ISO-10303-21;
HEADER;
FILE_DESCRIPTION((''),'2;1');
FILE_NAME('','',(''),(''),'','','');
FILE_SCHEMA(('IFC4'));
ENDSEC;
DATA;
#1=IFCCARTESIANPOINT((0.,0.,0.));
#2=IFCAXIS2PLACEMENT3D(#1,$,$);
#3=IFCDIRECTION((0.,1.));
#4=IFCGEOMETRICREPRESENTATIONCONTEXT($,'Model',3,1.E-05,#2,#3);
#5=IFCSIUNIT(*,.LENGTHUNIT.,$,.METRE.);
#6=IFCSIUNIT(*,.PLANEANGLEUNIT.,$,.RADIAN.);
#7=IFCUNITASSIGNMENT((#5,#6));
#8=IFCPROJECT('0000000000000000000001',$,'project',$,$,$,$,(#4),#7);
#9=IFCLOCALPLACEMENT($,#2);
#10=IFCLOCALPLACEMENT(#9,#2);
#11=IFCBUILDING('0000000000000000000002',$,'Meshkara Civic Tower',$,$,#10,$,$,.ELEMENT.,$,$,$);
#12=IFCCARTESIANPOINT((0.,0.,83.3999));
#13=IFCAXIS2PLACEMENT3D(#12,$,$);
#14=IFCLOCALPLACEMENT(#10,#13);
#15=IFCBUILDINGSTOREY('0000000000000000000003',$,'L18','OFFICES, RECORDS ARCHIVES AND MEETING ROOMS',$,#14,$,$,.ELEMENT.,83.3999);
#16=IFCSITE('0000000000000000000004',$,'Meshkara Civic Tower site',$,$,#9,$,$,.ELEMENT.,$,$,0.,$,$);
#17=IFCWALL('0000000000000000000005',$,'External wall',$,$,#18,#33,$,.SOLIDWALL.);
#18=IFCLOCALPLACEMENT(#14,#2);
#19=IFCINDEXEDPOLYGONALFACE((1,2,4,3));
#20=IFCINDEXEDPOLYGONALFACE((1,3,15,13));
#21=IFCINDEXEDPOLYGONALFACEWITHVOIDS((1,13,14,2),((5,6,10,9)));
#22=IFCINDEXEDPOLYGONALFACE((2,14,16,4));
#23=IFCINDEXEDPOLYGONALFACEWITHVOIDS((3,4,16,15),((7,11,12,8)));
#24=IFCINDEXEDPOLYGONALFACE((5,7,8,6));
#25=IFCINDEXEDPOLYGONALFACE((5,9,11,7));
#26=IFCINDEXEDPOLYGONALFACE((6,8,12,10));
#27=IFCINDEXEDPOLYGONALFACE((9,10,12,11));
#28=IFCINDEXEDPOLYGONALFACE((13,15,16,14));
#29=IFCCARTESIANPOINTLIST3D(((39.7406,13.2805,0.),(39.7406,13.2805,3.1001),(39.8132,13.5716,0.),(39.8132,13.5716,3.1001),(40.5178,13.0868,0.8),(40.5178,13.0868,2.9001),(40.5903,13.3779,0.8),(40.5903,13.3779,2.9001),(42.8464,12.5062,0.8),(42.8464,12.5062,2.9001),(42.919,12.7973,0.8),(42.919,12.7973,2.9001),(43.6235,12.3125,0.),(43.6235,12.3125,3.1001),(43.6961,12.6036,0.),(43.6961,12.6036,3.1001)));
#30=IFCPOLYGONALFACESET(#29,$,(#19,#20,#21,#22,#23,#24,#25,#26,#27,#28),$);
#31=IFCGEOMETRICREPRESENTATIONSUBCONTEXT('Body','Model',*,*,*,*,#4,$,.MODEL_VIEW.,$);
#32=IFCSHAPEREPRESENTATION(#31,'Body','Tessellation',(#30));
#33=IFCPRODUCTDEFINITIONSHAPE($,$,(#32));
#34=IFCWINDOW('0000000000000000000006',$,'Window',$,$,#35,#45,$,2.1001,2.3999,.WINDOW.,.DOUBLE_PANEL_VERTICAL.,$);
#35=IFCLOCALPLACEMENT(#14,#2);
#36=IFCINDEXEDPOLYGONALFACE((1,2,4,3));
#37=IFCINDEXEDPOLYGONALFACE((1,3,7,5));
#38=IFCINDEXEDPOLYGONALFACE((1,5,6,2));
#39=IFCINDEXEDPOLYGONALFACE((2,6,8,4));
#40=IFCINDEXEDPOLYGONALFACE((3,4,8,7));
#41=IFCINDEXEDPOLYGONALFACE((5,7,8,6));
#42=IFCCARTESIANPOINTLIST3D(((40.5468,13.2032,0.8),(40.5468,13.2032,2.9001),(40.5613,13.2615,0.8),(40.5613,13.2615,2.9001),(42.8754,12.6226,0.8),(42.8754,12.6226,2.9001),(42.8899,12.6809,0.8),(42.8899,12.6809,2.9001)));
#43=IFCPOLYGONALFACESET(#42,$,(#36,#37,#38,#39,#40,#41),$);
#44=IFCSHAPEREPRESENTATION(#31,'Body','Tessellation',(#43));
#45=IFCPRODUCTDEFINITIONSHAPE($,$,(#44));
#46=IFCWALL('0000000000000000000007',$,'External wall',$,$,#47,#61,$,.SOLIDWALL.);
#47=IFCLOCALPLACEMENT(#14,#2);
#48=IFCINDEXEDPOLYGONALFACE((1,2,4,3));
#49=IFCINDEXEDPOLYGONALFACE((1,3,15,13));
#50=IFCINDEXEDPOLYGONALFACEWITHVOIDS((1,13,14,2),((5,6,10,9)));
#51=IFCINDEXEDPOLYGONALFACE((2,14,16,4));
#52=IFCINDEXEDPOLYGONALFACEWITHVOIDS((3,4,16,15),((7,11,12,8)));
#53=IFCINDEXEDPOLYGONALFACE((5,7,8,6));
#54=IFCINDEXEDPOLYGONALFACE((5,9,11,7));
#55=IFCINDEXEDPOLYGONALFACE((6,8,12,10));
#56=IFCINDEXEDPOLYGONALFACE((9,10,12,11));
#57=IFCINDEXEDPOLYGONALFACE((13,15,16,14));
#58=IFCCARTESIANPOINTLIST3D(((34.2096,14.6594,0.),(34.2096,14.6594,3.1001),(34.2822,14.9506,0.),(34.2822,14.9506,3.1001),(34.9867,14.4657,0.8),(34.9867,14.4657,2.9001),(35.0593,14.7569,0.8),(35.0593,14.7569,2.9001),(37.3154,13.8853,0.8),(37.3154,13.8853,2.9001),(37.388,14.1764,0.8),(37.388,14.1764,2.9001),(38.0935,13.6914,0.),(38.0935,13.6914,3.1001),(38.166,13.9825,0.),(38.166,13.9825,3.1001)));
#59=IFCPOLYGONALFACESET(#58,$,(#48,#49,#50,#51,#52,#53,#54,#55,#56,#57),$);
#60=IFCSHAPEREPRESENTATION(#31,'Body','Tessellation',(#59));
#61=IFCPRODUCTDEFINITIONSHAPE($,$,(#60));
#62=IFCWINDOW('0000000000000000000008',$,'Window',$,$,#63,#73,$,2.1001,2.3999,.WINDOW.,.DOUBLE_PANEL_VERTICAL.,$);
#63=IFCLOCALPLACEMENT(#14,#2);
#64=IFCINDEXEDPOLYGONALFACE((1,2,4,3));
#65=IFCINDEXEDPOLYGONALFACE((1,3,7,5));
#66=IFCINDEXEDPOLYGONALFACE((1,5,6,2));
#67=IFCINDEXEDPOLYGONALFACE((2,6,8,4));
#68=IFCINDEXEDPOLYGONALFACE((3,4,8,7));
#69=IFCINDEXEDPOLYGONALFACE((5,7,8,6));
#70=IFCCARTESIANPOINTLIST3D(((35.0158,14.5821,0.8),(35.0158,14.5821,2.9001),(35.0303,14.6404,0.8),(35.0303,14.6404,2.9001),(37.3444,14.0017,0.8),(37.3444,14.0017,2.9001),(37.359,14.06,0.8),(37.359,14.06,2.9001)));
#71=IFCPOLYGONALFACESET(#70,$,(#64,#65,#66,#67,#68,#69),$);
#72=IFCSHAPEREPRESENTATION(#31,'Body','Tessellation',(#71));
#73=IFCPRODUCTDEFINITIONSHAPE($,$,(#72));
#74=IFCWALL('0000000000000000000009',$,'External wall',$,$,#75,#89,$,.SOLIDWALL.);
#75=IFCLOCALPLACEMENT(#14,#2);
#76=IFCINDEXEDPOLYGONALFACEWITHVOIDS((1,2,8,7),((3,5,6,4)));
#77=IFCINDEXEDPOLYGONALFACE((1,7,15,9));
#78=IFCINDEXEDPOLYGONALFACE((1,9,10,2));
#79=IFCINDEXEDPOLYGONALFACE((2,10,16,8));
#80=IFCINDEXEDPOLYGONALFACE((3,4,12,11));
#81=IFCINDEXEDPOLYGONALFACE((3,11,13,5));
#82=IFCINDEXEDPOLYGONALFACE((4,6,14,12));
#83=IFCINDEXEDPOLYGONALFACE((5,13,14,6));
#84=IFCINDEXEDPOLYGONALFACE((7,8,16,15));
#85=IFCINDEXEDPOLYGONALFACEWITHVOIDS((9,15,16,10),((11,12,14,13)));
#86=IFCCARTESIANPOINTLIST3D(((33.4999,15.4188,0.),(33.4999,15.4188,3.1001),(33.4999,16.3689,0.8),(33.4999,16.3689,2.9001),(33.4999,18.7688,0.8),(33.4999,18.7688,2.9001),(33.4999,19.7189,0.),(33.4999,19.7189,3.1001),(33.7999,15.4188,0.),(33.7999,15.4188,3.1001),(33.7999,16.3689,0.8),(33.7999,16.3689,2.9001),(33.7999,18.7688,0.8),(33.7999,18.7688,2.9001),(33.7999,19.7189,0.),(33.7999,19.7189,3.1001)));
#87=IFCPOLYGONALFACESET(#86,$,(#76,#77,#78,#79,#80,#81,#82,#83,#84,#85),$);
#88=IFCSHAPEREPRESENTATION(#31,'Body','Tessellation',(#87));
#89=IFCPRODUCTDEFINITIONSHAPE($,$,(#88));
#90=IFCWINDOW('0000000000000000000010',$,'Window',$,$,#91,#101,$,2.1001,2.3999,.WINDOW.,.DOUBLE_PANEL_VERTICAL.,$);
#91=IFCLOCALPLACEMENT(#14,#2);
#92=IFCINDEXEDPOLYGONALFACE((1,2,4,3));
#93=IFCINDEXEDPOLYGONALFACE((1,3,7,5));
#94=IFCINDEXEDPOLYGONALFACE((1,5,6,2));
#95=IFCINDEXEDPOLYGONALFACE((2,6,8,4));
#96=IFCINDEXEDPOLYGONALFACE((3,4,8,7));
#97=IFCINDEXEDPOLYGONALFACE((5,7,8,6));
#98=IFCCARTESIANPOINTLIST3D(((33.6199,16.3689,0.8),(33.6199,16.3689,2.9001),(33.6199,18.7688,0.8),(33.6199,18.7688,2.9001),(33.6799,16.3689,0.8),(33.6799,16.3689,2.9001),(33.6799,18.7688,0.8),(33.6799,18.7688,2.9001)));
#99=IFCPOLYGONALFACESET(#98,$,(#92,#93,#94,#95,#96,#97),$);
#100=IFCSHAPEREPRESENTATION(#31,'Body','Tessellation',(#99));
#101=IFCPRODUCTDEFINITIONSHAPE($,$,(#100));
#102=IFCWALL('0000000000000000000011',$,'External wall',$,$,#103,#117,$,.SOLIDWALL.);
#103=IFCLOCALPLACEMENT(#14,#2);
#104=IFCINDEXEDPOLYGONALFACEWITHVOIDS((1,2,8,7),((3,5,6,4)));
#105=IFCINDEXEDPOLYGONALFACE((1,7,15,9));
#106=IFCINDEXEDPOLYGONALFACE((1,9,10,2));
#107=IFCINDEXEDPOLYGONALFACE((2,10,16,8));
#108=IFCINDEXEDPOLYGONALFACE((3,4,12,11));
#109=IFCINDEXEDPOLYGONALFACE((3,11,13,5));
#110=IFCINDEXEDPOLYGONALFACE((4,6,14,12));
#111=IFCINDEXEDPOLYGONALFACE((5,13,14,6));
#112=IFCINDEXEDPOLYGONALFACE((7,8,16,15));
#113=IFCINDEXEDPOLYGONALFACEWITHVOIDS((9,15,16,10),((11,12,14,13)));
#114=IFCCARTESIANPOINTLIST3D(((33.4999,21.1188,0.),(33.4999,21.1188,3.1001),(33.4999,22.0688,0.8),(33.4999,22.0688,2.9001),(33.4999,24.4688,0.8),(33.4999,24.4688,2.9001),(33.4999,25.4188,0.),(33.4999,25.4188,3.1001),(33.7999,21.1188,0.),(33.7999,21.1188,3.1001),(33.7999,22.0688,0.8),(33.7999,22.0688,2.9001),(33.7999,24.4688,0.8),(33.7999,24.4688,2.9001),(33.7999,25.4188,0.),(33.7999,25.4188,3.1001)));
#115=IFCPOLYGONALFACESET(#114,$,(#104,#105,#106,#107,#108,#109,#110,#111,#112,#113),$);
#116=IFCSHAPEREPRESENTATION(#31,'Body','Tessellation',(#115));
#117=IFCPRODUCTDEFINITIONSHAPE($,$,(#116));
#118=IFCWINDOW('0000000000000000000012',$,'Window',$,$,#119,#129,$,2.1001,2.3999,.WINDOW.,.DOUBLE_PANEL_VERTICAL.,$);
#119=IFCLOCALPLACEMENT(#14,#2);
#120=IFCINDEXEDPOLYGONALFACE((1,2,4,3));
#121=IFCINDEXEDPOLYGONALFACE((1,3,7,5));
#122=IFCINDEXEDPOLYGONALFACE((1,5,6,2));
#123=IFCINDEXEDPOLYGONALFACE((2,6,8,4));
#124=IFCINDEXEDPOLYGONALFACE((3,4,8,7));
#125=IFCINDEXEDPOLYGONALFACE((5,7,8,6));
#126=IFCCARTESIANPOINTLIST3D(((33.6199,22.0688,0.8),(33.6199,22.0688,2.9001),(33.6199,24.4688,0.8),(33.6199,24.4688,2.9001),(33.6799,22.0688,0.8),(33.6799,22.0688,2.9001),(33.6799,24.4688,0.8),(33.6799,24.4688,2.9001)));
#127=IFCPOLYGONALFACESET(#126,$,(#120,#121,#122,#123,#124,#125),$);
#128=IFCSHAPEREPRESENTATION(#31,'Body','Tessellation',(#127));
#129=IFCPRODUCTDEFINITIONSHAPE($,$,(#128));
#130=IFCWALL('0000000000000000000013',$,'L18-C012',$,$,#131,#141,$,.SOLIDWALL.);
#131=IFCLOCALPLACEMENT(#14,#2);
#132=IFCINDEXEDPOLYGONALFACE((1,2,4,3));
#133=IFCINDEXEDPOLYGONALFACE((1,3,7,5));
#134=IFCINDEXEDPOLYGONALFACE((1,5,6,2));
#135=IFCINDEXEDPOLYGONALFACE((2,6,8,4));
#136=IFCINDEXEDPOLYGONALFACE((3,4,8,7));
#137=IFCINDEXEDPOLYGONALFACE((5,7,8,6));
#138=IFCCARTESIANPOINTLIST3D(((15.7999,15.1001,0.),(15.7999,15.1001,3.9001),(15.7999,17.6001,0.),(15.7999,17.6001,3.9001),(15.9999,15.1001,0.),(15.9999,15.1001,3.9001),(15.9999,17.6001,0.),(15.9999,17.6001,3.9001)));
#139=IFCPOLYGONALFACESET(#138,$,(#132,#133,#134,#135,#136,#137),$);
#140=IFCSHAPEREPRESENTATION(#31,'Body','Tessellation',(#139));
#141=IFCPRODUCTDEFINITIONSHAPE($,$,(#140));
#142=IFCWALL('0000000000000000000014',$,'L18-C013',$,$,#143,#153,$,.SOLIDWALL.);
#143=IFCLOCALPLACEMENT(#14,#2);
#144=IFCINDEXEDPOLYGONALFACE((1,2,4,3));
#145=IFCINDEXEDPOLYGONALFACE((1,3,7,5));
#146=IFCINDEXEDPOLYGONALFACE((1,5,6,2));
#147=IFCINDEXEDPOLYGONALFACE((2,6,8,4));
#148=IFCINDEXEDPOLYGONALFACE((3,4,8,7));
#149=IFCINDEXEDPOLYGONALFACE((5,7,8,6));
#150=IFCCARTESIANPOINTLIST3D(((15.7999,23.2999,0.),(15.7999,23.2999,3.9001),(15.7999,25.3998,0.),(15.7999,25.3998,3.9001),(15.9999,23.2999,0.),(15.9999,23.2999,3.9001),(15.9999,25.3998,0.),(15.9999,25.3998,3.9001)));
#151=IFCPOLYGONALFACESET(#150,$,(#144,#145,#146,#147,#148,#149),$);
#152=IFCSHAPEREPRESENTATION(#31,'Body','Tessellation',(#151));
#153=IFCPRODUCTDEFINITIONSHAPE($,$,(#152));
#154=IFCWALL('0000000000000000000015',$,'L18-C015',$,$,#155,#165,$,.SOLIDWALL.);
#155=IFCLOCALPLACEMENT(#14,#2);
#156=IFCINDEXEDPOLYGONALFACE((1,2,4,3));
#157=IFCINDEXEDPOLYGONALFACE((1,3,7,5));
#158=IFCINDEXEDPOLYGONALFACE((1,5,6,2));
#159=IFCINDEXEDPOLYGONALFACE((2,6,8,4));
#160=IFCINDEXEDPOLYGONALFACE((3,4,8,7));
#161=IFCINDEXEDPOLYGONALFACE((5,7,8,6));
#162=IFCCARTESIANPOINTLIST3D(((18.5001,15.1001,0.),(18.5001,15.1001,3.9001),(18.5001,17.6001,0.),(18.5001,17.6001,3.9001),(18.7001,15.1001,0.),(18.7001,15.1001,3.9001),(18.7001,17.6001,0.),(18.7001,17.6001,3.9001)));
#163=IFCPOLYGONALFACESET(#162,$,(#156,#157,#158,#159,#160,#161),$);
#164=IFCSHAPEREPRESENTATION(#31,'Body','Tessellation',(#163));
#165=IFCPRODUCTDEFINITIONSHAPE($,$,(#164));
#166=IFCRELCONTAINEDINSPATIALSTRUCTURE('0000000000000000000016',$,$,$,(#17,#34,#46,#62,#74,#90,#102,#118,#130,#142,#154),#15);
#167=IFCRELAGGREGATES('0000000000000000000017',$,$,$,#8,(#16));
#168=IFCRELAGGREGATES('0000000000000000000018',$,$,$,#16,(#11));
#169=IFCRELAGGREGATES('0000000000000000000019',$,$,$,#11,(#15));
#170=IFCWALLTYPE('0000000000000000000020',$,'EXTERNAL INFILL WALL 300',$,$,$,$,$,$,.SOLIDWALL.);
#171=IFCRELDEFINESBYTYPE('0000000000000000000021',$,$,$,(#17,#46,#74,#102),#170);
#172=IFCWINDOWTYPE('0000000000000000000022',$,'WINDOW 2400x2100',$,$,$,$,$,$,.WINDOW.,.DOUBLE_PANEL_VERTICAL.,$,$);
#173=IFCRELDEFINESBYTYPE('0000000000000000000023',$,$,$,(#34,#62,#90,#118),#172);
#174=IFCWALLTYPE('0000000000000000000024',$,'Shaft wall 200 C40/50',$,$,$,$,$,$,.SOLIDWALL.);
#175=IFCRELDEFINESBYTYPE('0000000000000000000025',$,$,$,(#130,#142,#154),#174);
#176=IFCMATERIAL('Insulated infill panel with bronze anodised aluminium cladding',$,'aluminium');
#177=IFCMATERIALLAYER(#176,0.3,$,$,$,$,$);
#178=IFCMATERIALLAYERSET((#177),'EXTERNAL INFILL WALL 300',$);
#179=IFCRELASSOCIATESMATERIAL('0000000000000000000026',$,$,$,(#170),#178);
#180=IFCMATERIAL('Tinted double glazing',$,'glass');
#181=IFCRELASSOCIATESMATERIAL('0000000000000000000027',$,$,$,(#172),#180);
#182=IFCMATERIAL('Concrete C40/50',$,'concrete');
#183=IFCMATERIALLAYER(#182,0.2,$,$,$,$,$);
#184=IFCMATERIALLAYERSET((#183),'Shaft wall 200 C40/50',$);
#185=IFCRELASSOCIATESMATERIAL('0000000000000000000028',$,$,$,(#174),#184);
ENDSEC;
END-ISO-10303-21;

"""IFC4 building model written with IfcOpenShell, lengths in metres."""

from ifc_helpers import new_model, si_unit, direction, frame, frame_2d, origin, place, context, subcontext, project, spatial, rectangle, extrude, material, layer, layer_set, type_object, element, fill, save


model = new_model("IFC4")

# Units and contexts
model_context = context("Model", 3, precision=1e-05, world=origin(), true_north=direction((0.0, 1.0)))
body_context = subcontext(model_context, "Body", "Model", "MODEL_VIEW")
ifc_project = project(units=[si_unit("LENGTHUNIT", "METRE"), si_unit("PLANEANGLEUNIT", "RADIAN")], contexts=[model_context])

# Site, building, storey
site_placement = place(None, origin())
site = spatial("IfcSite", under=ifc_project, at=site_placement, Name="Meshkara Civic Tower site", CompositionType="ELEMENT", RefElevation=0.0)
building_placement = place(site_placement, origin())
building = spatial("IfcBuilding", under=site, at=building_placement, Name="Meshkara Civic Tower", CompositionType="ELEMENT")
storey_placement = place(building_placement, frame((0.0, 0.0, 83.3999)))
storey = spatial("IfcBuildingStorey", under=building, at=storey_placement, Name="L18", Description="OFFICES, RECORDS ARCHIVES AND MEETING ROOMS", CompositionType="ELEMENT", Elevation=83.3999)

# Walls, openings, windows
ifc_material_1 = material(Name="Insulated infill panel with bronze anodised aluminium cladding", Category="aluminium")
ifc_layer_1 = layer(ifc_material_1, 0.3)
ifc_layer_set_1 = layer_set([ifc_layer_1], Name="EXTERNAL INFILL WALL 300")
wall_type_1 = type_object("IfcWallType", Name="EXTERNAL INFILL WALL 300", PredefinedType="SOLIDWALL", material=ifc_layer_set_1)
wall_1_placement = place(storey_placement, frame((43.6599, 12.458, 0.0), z_axis=(0.0, 0.0, 1.0), x_axis=(-0.9703, 0.241904, 0.0)))
wall_1 = element("IfcWall", 1, at=wall_1_placement, inside=storey, type_object=wall_type_1, Name="External wall", PredefinedType="SOLIDWALL", context=body_context, shape_type="SweptSolid", body=[
    extrude(rectangle(XDim=4.0017, YDim=0.3, at=frame_2d((2.001, 0.0))), origin(), (0.0, 0.0, 1.0), 3.1001),
])
opening_1_placement = place(wall_1_placement, frame((0.801, 0.0, 0.8)))
opening_1 = element("IfcOpeningElement", 2, at=opening_1_placement, cuts=wall_1, PredefinedType="OPENING", context=body_context, shape_type="SweptSolid", body=[
    extrude(rectangle(XDim=2.3999, YDim=2.1001, at=frame_2d((1.2, 1.05))), frame((0.0, 0.1599, 0.0), z_axis=(0.0, -1.0, 0.0), x_axis=(1.0, 0.0, 0.0)), (0.0, 0.0, 1.0), 0.3201),
])
ifc_material_2 = material(Name="Tinted double glazing", Category="glass")
window_type = type_object("IfcWindowType", Name="WINDOW 2400x2100", PartitioningType="DOUBLE_PANEL_VERTICAL", PredefinedType="WINDOW", material=ifc_material_2)
window_1_placement = place(opening_1_placement, origin())
window_1 = element("IfcWindow", 3, at=window_1_placement, inside=storey, type_object=window_type, Name="Window", OverallHeight=2.1001, OverallWidth=2.3999, PartitioningType="DOUBLE_PANEL_VERTICAL", PredefinedType="WINDOW", context=body_context, shape_type="SweptSolid", body=[
    extrude(rectangle(XDim=2.3999, YDim=2.1001, at=frame_2d((1.2, 1.05))), frame((0.0, 0.03, 0.0), z_axis=(0.0, -1.0, 0.0), x_axis=(1.0, 0.0, 0.0)), (0.0, 0.0, 1.0), 0.0601),
])
fill(opening_1, window_1)
wall_2_placement = place(storey_placement, frame((38.1299, 13.8369, 0.0), z_axis=(0.0, 0.0, 1.0), x_axis=(-0.970314, 0.241847, 0.0)))
wall_2 = element("IfcWall", 4, at=wall_2_placement, inside=storey, type_object=wall_type_1, Name="External wall", PredefinedType="SOLIDWALL", context=body_context, shape_type="SweptSolid", body=[
    extrude(rectangle(XDim=4.0027, YDim=0.3, at=frame_2d((2.0015, 0.0))), origin(), (0.0, 0.0, 1.0), 3.1001),
])
opening_2_placement = place(wall_2_placement, frame((0.802, 0.0, 0.8)))
opening_2 = element("IfcOpeningElement", 5, at=opening_2_placement, cuts=wall_2, PredefinedType="OPENING", context=body_context, shape_type="SweptSolid", body=[
    extrude(rectangle(XDim=2.3999, YDim=2.1001, at=frame_2d((1.2, 1.05))), frame((0.0, 0.1599, 0.0), z_axis=(0.0, -1.0, 0.0), x_axis=(1.0, 0.0, 0.0)), (0.0, 0.0, 1.0), 0.3201),
])
window_2_placement = place(opening_2_placement, origin())
window_2 = element("IfcWindow", 6, at=window_2_placement, inside=storey, type_object=window_type, Name="Window", OverallHeight=2.1001, OverallWidth=2.3999, PartitioningType="DOUBLE_PANEL_VERTICAL", PredefinedType="WINDOW", context=body_context, shape_type="SweptSolid", body=[
    extrude(rectangle(XDim=2.3999, YDim=2.1001, at=frame_2d((1.2, 1.05))), frame((0.0, 0.03, 0.0), z_axis=(0.0, -1.0, 0.0), x_axis=(1.0, 0.0, 0.0)), (0.0, 0.0, 1.0), 0.0601),
])
fill(opening_2, window_2)
wall_3_placement = place(storey_placement, frame((33.6499, 15.4189, 0.0), z_axis=(0.0, 0.0, 1.0), x_axis=(0.0, 1.0, 0.0)))
wall_3 = element("IfcWall", 7, at=wall_3_placement, inside=storey, type_object=wall_type_1, Name="External wall", PredefinedType="SOLIDWALL", context=body_context, shape_type="SweptSolid", body=[
    extrude(rectangle(XDim=4.3, YDim=0.3, at=frame_2d((2.1499, 0.0))), origin(), (0.0, 0.0, 1.0), 3.1001),
])
opening_3_placement = place(wall_3_placement, frame((0.95, 0.0, 0.8)))
opening_3 = element("IfcOpeningElement", 8, at=opening_3_placement, cuts=wall_3, PredefinedType="OPENING", context=body_context, shape_type="SweptSolid", body=[
    extrude(rectangle(XDim=2.3999, YDim=2.1001, at=frame_2d((1.2, 1.05))), frame((0.0, 0.1599, 0.0), z_axis=(0.0, -1.0, 0.0), x_axis=(1.0, 0.0, 0.0)), (0.0, 0.0, 1.0), 0.3201),
])
window_3_placement = place(opening_3_placement, origin())
window_3 = element("IfcWindow", 9, at=window_3_placement, inside=storey, type_object=window_type, Name="Window", OverallHeight=2.1001, OverallWidth=2.3999, PartitioningType="DOUBLE_PANEL_VERTICAL", PredefinedType="WINDOW", context=body_context, shape_type="SweptSolid", body=[
    extrude(rectangle(XDim=2.3999, YDim=2.1001, at=frame_2d((1.2, 1.05))), frame((0.0, 0.03, 0.0), z_axis=(0.0, -1.0, 0.0), x_axis=(1.0, 0.0, 0.0)), (0.0, 0.0, 1.0), 0.0601),
])
fill(opening_3, window_3)
wall_4_placement = place(storey_placement, frame((33.6499, 21.1189, 0.0), z_axis=(0.0, 0.0, 1.0), x_axis=(0.0, 1.0, 0.0)))
wall_4 = element("IfcWall", 10, at=wall_4_placement, inside=storey, type_object=wall_type_1, Name="External wall", PredefinedType="SOLIDWALL", context=body_context, shape_type="SweptSolid", body=[
    extrude(rectangle(XDim=4.3, YDim=0.3, at=frame_2d((2.1499, 0.0))), origin(), (0.0, 0.0, 1.0), 3.1001),
])
opening_4_placement = place(wall_4_placement, frame((0.95, 0.0, 0.8)))
opening_4 = element("IfcOpeningElement", 11, at=opening_4_placement, cuts=wall_4, PredefinedType="OPENING", context=body_context, shape_type="SweptSolid", body=[
    extrude(rectangle(XDim=2.3999, YDim=2.1001, at=frame_2d((1.2, 1.05))), frame((0.0, 0.1599, 0.0), z_axis=(0.0, -1.0, 0.0), x_axis=(1.0, 0.0, 0.0)), (0.0, 0.0, 1.0), 0.3201),
])
window_4_placement = place(opening_4_placement, origin())
window_4 = element("IfcWindow", 12, at=window_4_placement, inside=storey, type_object=window_type, Name="Window", OverallHeight=2.1001, OverallWidth=2.3999, PartitioningType="DOUBLE_PANEL_VERTICAL", PredefinedType="WINDOW", context=body_context, shape_type="SweptSolid", body=[
    extrude(rectangle(XDim=2.3999, YDim=2.1001, at=frame_2d((1.2, 1.05))), frame((0.0, 0.03, 0.0), z_axis=(0.0, -1.0, 0.0), x_axis=(1.0, 0.0, 0.0)), (0.0, 0.0, 1.0), 0.0601),
])
fill(opening_4, window_4)

# Walls
ifc_material_3 = material(Name="Concrete C40/50", Category="concrete")
ifc_layer_2 = layer(ifc_material_3, 0.2)
ifc_layer_set_2 = layer_set([ifc_layer_2], Name="Shaft wall 200 C40/50")
wall_type_2 = type_object("IfcWallType", Name="Shaft wall 200 C40/50", PredefinedType="SOLIDWALL", material=ifc_layer_set_2)
wall_5_placement = place(storey_placement, frame((15.8999, 15.1001, 0.0), z_axis=(0.0, 0.0, 1.0), x_axis=(0.0, 1.0, 0.0)))
element("IfcWall", 13, at=wall_5_placement, inside=storey, type_object=wall_type_2, Name="L18-C012", PredefinedType="SOLIDWALL", context=body_context, shape_type="SweptSolid", body=[
    extrude(rectangle(XDim=2.5, YDim=0.2, at=frame_2d((1.25, 0.0))), origin(), (0.0, 0.0, 1.0), 3.9001),
])
wall_6_placement = place(storey_placement, frame((15.8999, 23.3, 0.0), z_axis=(0.0, 0.0, 1.0), x_axis=(0.0, 1.0, 0.0)))
element("IfcWall", 14, at=wall_6_placement, inside=storey, type_object=wall_type_2, Name="L18-C013", PredefinedType="SOLIDWALL", context=body_context, shape_type="SweptSolid", body=[
    extrude(rectangle(XDim=2.0999, YDim=0.2, at=frame_2d((1.0498, 0.0))), origin(), (0.0, 0.0, 1.0), 3.9001),
])
wall_7_placement = place(storey_placement, frame((18.6001, 15.1001, 0.0), z_axis=(0.0, 0.0, 1.0), x_axis=(0.0, 1.0, 0.0)))
element("IfcWall", 15, at=wall_7_placement, inside=storey, type_object=wall_type_2, Name="L18-C015", PredefinedType="SOLIDWALL", context=body_context, shape_type="SweptSolid", body=[
    extrude(rectangle(XDim=2.5, YDim=0.2, at=frame_2d((1.25, 0.0))), origin(), (0.0, 0.0, 1.0), 3.9001),
])

save(model, "model.ifc")
